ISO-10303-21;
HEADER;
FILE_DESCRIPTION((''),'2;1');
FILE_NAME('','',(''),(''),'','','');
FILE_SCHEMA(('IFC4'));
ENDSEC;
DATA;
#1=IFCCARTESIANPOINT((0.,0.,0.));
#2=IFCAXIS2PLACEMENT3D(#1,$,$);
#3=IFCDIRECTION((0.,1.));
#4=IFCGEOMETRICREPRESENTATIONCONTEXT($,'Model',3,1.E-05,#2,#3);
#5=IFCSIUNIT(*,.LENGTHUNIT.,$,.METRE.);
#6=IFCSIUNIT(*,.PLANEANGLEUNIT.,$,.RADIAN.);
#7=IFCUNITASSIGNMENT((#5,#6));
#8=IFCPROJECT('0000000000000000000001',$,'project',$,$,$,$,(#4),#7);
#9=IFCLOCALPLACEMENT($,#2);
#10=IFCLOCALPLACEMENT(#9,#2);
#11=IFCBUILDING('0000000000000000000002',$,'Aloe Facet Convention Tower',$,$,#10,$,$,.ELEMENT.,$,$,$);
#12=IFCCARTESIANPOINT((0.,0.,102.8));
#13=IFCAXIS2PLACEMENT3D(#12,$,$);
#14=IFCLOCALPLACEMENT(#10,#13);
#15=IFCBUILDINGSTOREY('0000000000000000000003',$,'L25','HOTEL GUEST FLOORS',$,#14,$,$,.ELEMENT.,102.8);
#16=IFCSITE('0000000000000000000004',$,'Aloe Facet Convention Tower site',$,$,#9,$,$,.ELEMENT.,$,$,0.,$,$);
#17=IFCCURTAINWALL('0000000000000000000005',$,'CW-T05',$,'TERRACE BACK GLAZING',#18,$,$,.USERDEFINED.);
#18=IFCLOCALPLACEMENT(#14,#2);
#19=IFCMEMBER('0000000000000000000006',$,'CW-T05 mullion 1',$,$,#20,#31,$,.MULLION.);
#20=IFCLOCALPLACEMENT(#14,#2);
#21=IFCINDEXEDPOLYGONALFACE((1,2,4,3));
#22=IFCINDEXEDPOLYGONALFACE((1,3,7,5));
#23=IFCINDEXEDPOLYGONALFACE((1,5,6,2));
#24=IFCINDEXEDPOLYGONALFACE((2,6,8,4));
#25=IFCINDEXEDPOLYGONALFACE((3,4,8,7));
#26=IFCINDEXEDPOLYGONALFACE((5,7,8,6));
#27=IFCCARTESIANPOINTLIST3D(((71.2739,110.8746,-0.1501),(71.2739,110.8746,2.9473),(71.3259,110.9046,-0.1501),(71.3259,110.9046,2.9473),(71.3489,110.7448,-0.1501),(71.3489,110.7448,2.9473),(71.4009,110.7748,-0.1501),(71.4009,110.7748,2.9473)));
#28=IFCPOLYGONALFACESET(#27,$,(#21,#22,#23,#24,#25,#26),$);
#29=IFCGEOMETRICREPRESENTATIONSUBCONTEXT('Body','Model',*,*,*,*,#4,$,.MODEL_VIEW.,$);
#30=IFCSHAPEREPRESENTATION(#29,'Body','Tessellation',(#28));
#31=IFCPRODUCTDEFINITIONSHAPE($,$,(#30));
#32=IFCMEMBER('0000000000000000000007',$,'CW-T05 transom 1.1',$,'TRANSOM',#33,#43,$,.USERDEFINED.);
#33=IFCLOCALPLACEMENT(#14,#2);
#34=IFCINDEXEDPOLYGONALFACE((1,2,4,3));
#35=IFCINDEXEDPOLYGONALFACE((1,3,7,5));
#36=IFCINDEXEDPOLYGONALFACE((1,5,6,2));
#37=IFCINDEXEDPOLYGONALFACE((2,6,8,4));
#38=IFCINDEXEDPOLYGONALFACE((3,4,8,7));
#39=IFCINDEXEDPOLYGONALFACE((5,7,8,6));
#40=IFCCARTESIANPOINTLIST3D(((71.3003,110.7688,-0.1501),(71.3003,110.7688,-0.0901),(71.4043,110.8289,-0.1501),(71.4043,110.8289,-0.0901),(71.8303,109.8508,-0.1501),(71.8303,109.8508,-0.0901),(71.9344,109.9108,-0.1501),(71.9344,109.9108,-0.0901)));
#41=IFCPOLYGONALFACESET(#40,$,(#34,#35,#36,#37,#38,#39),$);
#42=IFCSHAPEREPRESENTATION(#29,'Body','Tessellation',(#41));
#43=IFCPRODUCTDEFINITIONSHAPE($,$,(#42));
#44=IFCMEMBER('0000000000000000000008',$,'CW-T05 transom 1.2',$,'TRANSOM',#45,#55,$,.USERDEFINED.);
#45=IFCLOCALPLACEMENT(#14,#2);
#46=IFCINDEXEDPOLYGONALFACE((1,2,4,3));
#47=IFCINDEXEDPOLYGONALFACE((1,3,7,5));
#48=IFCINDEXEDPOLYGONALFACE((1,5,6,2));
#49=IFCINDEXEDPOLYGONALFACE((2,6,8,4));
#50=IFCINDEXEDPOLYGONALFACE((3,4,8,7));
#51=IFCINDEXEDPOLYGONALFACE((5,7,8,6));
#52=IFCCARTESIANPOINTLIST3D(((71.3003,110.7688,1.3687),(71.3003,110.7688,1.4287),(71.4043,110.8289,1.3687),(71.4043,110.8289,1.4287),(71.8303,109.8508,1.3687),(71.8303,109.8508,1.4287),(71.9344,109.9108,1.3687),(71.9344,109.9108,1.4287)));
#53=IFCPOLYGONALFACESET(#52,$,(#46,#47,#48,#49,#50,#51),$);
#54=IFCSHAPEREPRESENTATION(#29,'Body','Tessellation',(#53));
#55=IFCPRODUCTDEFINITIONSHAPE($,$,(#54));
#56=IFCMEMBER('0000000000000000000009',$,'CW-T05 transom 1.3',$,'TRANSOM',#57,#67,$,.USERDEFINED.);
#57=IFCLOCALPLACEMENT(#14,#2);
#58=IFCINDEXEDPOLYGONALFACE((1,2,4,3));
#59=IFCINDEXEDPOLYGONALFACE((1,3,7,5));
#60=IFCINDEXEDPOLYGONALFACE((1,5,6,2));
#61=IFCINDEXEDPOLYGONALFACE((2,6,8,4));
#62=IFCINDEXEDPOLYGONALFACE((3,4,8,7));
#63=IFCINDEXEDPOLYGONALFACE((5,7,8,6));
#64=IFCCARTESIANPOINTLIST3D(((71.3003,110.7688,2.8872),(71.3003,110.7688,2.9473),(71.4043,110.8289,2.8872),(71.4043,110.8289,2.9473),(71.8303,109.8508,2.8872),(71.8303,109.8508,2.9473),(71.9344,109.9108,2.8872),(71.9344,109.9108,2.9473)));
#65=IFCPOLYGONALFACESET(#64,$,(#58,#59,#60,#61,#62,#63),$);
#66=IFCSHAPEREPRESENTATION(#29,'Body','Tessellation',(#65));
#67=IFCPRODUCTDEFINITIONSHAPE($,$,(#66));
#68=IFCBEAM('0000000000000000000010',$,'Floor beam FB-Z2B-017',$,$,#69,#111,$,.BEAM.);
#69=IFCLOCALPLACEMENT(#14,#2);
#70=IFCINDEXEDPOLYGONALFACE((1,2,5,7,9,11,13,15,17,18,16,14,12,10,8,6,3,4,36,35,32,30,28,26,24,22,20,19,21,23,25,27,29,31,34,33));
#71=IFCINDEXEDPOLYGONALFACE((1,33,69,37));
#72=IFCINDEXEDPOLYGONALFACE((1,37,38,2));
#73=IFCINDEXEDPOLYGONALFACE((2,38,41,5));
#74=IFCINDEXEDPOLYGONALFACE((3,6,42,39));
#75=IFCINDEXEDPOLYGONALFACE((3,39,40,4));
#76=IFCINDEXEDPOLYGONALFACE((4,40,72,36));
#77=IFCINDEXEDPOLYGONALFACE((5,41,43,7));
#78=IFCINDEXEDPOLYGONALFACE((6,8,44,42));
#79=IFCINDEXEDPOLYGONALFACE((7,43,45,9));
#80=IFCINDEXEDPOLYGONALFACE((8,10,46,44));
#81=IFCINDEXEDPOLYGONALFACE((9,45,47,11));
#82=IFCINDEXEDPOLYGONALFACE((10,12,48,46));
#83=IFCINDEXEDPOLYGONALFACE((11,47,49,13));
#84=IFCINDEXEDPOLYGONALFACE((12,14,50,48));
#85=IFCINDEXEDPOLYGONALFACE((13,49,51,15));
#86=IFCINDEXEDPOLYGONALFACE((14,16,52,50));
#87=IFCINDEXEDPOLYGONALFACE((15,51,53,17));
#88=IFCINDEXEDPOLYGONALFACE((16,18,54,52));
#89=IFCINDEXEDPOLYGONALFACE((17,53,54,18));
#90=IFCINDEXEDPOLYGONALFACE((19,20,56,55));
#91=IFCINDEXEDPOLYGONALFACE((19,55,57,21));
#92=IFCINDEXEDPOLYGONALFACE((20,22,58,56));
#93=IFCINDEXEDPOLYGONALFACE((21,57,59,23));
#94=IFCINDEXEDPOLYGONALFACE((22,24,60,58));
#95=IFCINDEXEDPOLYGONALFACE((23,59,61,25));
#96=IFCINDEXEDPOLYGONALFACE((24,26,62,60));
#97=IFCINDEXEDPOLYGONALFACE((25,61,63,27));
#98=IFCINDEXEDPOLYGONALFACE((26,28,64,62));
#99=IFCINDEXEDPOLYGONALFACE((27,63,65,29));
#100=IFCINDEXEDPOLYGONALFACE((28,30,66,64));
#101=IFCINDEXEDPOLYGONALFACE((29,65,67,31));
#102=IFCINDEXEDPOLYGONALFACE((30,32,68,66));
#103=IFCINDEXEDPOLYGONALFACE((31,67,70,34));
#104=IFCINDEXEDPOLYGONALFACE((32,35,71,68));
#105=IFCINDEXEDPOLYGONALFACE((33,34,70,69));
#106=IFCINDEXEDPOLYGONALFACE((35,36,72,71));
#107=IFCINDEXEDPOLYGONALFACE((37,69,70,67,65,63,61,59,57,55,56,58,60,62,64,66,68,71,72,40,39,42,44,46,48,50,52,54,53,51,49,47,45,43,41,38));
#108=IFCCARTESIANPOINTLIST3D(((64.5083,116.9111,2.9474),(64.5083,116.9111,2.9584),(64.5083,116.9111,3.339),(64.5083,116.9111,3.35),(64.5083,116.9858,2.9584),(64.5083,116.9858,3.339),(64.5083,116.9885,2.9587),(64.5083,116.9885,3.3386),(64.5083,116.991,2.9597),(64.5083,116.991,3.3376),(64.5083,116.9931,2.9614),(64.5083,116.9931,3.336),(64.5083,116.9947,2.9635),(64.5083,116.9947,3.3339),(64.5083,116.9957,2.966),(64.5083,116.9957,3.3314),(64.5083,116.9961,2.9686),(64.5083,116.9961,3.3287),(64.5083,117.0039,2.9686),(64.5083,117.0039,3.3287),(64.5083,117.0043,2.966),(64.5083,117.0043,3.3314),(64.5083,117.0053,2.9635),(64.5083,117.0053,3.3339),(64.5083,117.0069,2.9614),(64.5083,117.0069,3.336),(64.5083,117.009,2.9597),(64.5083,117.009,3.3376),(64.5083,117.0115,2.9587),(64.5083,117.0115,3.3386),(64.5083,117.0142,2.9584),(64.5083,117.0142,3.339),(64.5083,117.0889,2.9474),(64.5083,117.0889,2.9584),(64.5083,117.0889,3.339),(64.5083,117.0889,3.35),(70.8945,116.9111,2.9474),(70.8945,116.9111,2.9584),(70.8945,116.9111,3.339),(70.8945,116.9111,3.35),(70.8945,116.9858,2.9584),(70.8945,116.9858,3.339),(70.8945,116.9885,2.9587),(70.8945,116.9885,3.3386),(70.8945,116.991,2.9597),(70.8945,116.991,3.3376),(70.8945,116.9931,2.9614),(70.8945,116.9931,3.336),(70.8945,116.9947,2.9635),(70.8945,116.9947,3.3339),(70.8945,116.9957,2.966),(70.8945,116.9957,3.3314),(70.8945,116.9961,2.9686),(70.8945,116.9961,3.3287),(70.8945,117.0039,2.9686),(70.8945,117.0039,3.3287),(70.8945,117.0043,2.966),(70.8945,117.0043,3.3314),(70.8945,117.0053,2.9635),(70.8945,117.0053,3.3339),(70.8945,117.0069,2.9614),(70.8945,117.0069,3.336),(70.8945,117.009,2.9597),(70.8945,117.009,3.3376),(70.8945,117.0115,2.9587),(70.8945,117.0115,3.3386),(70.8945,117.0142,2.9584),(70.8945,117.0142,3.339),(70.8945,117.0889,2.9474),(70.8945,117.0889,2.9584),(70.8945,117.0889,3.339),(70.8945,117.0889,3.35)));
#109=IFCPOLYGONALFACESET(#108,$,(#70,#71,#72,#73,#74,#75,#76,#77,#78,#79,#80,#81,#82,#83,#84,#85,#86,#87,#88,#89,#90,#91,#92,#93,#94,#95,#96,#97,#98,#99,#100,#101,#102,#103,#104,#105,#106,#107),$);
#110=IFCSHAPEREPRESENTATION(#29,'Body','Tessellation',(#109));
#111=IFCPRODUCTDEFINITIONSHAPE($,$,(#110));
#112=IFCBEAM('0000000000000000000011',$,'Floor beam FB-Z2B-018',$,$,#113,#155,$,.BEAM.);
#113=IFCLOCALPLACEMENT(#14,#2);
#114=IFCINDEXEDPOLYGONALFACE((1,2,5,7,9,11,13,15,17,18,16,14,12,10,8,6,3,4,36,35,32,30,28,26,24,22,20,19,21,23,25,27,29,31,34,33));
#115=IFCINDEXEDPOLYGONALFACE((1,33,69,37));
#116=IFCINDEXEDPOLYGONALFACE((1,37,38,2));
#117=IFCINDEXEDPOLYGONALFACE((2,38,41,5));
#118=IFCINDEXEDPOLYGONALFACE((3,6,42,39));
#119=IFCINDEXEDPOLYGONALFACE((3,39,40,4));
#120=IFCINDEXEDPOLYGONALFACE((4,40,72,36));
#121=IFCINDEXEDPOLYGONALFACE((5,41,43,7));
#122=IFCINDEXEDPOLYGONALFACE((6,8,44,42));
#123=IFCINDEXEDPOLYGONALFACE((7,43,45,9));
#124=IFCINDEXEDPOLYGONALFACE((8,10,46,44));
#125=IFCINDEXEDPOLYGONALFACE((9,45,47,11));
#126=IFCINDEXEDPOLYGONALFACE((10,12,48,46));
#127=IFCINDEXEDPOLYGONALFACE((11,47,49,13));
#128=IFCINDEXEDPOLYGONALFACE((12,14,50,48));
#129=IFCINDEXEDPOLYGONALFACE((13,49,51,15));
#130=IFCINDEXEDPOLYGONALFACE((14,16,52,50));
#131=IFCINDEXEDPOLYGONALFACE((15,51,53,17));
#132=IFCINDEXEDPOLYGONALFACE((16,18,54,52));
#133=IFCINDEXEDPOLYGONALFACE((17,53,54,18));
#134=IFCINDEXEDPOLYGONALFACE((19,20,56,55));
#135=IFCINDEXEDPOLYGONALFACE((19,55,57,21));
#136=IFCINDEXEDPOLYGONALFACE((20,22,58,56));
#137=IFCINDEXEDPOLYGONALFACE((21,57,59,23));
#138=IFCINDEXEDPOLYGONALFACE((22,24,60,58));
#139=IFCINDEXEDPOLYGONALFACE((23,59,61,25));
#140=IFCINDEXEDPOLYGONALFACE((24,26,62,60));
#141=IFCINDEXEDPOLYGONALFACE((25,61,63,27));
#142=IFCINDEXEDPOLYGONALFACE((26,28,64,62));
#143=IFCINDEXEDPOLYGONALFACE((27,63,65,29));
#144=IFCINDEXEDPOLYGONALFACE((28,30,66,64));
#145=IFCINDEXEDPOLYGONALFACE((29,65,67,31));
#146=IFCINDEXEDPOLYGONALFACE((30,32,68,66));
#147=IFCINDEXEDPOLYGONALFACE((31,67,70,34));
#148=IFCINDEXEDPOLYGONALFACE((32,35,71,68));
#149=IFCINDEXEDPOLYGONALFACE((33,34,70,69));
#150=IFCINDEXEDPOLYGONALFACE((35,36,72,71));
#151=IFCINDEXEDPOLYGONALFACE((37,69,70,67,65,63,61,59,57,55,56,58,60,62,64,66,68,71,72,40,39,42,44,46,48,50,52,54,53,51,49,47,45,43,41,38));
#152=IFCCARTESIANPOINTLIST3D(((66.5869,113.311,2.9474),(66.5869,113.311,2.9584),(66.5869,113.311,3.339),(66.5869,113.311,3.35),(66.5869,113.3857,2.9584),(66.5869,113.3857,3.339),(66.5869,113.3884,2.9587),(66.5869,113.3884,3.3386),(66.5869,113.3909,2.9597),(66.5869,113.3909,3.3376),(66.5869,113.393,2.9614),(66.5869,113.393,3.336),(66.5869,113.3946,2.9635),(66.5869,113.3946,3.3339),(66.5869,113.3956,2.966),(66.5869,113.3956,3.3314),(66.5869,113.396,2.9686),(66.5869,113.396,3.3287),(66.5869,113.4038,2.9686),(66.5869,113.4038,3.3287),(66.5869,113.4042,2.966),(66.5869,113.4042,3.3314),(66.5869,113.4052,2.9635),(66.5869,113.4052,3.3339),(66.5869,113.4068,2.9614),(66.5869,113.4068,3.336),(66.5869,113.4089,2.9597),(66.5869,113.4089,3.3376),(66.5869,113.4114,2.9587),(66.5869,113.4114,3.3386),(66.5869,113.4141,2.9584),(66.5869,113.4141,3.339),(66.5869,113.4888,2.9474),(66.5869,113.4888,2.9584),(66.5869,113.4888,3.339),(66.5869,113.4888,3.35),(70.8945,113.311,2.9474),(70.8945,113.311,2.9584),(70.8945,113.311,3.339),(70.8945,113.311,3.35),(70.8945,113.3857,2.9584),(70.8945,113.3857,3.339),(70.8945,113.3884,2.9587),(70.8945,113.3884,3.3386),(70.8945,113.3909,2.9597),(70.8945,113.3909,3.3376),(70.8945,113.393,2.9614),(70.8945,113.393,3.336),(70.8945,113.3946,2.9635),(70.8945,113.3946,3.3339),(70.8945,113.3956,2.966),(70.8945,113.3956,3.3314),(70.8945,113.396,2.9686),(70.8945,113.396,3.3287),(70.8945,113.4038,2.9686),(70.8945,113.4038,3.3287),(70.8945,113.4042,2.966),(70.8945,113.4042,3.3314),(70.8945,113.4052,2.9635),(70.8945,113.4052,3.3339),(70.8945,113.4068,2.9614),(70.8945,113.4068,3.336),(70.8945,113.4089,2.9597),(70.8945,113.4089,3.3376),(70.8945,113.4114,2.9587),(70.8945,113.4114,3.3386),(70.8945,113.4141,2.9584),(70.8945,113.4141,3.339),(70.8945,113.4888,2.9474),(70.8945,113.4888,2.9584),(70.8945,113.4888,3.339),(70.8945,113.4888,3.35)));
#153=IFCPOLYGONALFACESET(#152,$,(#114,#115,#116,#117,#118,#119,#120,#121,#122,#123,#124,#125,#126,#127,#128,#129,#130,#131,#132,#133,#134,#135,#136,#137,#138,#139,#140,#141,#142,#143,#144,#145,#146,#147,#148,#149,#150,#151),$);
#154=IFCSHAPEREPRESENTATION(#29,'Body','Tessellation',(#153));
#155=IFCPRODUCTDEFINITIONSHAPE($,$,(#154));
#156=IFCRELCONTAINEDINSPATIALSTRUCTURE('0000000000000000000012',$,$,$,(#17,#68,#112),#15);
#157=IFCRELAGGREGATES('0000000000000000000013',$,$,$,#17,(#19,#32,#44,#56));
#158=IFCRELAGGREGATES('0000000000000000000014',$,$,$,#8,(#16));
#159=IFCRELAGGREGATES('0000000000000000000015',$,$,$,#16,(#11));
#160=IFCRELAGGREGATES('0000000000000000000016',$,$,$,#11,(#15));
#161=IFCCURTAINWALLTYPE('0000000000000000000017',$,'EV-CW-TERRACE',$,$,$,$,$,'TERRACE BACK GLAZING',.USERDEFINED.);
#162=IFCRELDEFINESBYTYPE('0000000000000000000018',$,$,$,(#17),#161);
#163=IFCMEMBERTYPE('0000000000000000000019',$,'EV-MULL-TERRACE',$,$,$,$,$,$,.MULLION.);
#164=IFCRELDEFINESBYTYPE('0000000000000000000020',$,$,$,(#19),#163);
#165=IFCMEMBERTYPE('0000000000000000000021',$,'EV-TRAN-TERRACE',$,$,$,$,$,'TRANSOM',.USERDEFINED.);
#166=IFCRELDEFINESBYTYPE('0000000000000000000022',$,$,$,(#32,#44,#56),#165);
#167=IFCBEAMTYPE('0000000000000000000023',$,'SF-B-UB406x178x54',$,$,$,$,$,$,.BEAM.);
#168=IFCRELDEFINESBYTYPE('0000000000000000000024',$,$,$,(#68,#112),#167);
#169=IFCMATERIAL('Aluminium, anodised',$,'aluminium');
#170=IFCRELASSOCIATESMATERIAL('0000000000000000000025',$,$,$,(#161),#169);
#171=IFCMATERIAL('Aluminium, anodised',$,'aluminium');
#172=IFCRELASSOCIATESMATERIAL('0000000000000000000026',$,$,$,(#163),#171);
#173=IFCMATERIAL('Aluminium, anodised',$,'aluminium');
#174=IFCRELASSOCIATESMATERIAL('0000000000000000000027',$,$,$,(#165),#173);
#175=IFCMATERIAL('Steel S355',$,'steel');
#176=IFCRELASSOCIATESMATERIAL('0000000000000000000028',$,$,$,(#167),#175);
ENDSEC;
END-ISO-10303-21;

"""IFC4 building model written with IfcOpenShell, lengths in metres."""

from ifc_helpers import new_model, si_unit, direction, frame, origin, origin_2d, place, context, subcontext, project, spatial, rectangle, i_section, extrude, material, material_profile, profile_set, type_object, element, aggregate, save


model = new_model("IFC4")

# Units and contexts
model_context = context("Model", 3, precision=1e-05, world=origin(), true_north=direction((0.0, 1.0)))
body_context = subcontext(model_context, "Body", "Model", "MODEL_VIEW")
ifc_project = project(units=[si_unit("LENGTHUNIT", "METRE"), si_unit("PLANEANGLEUNIT", "RADIAN")], contexts=[model_context])

# Site, building, storey
site_placement = place(None, origin())
site = spatial("IfcSite", under=ifc_project, at=site_placement, Name="Aloe Facet Convention Tower site", CompositionType="ELEMENT", RefElevation=0.0)
building_placement = place(site_placement, origin())
building = spatial("IfcBuilding", under=site, at=building_placement, Name="Aloe Facet Convention Tower", CompositionType="ELEMENT")
storey_placement = place(building_placement, frame((0.0, 0.0, 102.8)))
storey = spatial("IfcBuildingStorey", under=building, at=storey_placement, Name="L25", Description="HOTEL GUEST FLOORS", CompositionType="ELEMENT", Elevation=102.8)

# Curtain wall, members
ifc_material_1 = material(Name="Aluminium, anodised", Category="aluminium")
curtain_wall_type = type_object("IfcCurtainWallType", Name="EV-CW-TERRACE", ElementType="TERRACE BACK GLAZING", PredefinedType="USERDEFINED", material=ifc_material_1)
curtain_wall_placement = place(storey_placement, origin())
curtain_wall = element("IfcCurtainWall", 1, at=curtain_wall_placement, inside=storey, type_object=curtain_wall_type, Name="CW-T05", ObjectType="TERRACE BACK GLAZING", PredefinedType="USERDEFINED")
ifc_material_2 = material(Name="Aluminium, anodised", Category="aluminium")
ifc_material_profile_1 = material_profile(ifc_material_2, rectangle(XDim=0.0601, YDim=0.1499, at=origin_2d()), Name="AL 60x150")
ifc_profile_set_1 = profile_set([ifc_material_profile_1], Name="Aluminium, anodised")
member_type_1 = type_object("IfcMemberType", Name="EV-MULL-TERRACE", PredefinedType="MULLION", material=ifc_profile_set_1)
member_1_placement = place(storey_placement, frame((71.3374, 110.8247, -0.1501), z_axis=(0.0, 0.0, 1.0), x_axis=(0.866025, 0.5, 0.0)))
member_1 = element("IfcMember", 2, at=member_1_placement, type_object=member_type_1, Name="CW-T05 mullion 1", PredefinedType="MULLION", context=body_context, shape_type="SweptSolid", body=[
    extrude(rectangle(XDim=0.0601, YDim=0.1499, at=origin_2d()), origin(), (0.0, 0.0, 1.0), 3.0974),
])
ifc_material_3 = material(Name="Aluminium, anodised", Category="aluminium")
ifc_material_profile_2 = material_profile(ifc_material_3, rectangle(XDim=0.1201, YDim=0.0601, at=origin_2d()), Name="AL 120x60")
ifc_profile_set_2 = profile_set([ifc_material_profile_2], Name="Aluminium, anodised")
member_type_2 = type_object("IfcMemberType", Name="EV-TRAN-TERRACE", ElementType="TRANSOM", PredefinedType="USERDEFINED", material=ifc_profile_set_2)
member_2_placement = place(storey_placement, frame((71.3523, 110.7988, -0.1201), z_axis=(0.500028, -0.866009, 0.0), x_axis=(0.866009, 0.500028, 0.0)))
member_2 = element("IfcMember", 3, at=member_2_placement, type_object=member_type_2, Name="CW-T05 transom 1.1", ObjectType="TRANSOM", PredefinedType="USERDEFINED", context=body_context, shape_type="SweptSolid", body=[
    extrude(rectangle(XDim=0.1201, YDim=0.0601, at=origin_2d()), origin(), (0.0, 0.0, 1.0), 1.0601),
])
member_3_placement = place(storey_placement, frame((71.3523, 110.7988, 1.3987), z_axis=(0.500028, -0.866009, 0.0), x_axis=(0.866009, 0.500028, 0.0)))
member_3 = element("IfcMember", 4, at=member_3_placement, type_object=member_type_2, Name="CW-T05 transom 1.2", ObjectType="TRANSOM", PredefinedType="USERDEFINED", context=body_context, shape_type="SweptSolid", body=[
    extrude(rectangle(XDim=0.1201, YDim=0.0601, at=origin_2d()), origin(), (0.0, 0.0, 1.0), 1.0601),
])
member_4_placement = place(storey_placement, frame((71.3523, 110.7988, 2.9172), z_axis=(0.500028, -0.866009, 0.0), x_axis=(0.866009, 0.500028, 0.0)))
member_4 = element("IfcMember", 5, at=member_4_placement, type_object=member_type_2, Name="CW-T05 transom 1.3", ObjectType="TRANSOM", PredefinedType="USERDEFINED", context=body_context, shape_type="SweptSolid", body=[
    extrude(rectangle(XDim=0.1201, YDim=0.0601, at=origin_2d()), origin(), (0.0, 0.0, 1.0), 1.0601),
])
aggregate(curtain_wall, [member_1, member_2, member_3, member_4])

# Beams
ifc_material_4 = material(Name="Steel S355", Category="steel")
ifc_material_profile_3 = material_profile(ifc_material_4, i_section(OverallWidth=0.1777, OverallDepth=0.4026, WebThickness=0.0078, FlangeThickness=0.011, FilletRadius=0.0103, at=origin_2d()), Name="UB 406x178x54")
ifc_profile_set_3 = profile_set([ifc_material_profile_3], Name="Steel S355")
beam_type = type_object("IfcBeamType", Name="SF-B-UB406x178x54", PredefinedType="BEAM", material=ifc_profile_set_3)
beam_1_placement = place(storey_placement, frame((64.5083, 117.0, 3.1487), z_axis=(1.0, 0.0, 0.0), x_axis=(0.0, 1.0, 0.0)))
element("IfcBeam", 6, at=beam_1_placement, inside=storey, type_object=beam_type, Name="Floor beam FB-Z2B-017", PredefinedType="BEAM", context=body_context, shape_type="SweptSolid", body=[
    extrude(i_section(OverallWidth=0.1777, OverallDepth=0.4026, WebThickness=0.0078, FlangeThickness=0.011, FilletRadius=0.0103, at=origin_2d()), origin(), (0.0, 0.0, 1.0), 6.3862),
])
beam_2_placement = place(storey_placement, frame((66.5869, 113.3999, 3.1487), z_axis=(1.0, 0.0, 0.0), x_axis=(0.0, 1.0, 0.0)))
element("IfcBeam", 7, at=beam_2_placement, inside=storey, type_object=beam_type, Name="Floor beam FB-Z2B-018", PredefinedType="BEAM", context=body_context, shape_type="SweptSolid", body=[
    extrude(i_section(OverallWidth=0.1777, OverallDepth=0.4026, WebThickness=0.0078, FlangeThickness=0.011, FilletRadius=0.0103, at=origin_2d()), origin(), (0.0, 0.0, 1.0), 4.3076),
])

save(model, "model.ifc")
